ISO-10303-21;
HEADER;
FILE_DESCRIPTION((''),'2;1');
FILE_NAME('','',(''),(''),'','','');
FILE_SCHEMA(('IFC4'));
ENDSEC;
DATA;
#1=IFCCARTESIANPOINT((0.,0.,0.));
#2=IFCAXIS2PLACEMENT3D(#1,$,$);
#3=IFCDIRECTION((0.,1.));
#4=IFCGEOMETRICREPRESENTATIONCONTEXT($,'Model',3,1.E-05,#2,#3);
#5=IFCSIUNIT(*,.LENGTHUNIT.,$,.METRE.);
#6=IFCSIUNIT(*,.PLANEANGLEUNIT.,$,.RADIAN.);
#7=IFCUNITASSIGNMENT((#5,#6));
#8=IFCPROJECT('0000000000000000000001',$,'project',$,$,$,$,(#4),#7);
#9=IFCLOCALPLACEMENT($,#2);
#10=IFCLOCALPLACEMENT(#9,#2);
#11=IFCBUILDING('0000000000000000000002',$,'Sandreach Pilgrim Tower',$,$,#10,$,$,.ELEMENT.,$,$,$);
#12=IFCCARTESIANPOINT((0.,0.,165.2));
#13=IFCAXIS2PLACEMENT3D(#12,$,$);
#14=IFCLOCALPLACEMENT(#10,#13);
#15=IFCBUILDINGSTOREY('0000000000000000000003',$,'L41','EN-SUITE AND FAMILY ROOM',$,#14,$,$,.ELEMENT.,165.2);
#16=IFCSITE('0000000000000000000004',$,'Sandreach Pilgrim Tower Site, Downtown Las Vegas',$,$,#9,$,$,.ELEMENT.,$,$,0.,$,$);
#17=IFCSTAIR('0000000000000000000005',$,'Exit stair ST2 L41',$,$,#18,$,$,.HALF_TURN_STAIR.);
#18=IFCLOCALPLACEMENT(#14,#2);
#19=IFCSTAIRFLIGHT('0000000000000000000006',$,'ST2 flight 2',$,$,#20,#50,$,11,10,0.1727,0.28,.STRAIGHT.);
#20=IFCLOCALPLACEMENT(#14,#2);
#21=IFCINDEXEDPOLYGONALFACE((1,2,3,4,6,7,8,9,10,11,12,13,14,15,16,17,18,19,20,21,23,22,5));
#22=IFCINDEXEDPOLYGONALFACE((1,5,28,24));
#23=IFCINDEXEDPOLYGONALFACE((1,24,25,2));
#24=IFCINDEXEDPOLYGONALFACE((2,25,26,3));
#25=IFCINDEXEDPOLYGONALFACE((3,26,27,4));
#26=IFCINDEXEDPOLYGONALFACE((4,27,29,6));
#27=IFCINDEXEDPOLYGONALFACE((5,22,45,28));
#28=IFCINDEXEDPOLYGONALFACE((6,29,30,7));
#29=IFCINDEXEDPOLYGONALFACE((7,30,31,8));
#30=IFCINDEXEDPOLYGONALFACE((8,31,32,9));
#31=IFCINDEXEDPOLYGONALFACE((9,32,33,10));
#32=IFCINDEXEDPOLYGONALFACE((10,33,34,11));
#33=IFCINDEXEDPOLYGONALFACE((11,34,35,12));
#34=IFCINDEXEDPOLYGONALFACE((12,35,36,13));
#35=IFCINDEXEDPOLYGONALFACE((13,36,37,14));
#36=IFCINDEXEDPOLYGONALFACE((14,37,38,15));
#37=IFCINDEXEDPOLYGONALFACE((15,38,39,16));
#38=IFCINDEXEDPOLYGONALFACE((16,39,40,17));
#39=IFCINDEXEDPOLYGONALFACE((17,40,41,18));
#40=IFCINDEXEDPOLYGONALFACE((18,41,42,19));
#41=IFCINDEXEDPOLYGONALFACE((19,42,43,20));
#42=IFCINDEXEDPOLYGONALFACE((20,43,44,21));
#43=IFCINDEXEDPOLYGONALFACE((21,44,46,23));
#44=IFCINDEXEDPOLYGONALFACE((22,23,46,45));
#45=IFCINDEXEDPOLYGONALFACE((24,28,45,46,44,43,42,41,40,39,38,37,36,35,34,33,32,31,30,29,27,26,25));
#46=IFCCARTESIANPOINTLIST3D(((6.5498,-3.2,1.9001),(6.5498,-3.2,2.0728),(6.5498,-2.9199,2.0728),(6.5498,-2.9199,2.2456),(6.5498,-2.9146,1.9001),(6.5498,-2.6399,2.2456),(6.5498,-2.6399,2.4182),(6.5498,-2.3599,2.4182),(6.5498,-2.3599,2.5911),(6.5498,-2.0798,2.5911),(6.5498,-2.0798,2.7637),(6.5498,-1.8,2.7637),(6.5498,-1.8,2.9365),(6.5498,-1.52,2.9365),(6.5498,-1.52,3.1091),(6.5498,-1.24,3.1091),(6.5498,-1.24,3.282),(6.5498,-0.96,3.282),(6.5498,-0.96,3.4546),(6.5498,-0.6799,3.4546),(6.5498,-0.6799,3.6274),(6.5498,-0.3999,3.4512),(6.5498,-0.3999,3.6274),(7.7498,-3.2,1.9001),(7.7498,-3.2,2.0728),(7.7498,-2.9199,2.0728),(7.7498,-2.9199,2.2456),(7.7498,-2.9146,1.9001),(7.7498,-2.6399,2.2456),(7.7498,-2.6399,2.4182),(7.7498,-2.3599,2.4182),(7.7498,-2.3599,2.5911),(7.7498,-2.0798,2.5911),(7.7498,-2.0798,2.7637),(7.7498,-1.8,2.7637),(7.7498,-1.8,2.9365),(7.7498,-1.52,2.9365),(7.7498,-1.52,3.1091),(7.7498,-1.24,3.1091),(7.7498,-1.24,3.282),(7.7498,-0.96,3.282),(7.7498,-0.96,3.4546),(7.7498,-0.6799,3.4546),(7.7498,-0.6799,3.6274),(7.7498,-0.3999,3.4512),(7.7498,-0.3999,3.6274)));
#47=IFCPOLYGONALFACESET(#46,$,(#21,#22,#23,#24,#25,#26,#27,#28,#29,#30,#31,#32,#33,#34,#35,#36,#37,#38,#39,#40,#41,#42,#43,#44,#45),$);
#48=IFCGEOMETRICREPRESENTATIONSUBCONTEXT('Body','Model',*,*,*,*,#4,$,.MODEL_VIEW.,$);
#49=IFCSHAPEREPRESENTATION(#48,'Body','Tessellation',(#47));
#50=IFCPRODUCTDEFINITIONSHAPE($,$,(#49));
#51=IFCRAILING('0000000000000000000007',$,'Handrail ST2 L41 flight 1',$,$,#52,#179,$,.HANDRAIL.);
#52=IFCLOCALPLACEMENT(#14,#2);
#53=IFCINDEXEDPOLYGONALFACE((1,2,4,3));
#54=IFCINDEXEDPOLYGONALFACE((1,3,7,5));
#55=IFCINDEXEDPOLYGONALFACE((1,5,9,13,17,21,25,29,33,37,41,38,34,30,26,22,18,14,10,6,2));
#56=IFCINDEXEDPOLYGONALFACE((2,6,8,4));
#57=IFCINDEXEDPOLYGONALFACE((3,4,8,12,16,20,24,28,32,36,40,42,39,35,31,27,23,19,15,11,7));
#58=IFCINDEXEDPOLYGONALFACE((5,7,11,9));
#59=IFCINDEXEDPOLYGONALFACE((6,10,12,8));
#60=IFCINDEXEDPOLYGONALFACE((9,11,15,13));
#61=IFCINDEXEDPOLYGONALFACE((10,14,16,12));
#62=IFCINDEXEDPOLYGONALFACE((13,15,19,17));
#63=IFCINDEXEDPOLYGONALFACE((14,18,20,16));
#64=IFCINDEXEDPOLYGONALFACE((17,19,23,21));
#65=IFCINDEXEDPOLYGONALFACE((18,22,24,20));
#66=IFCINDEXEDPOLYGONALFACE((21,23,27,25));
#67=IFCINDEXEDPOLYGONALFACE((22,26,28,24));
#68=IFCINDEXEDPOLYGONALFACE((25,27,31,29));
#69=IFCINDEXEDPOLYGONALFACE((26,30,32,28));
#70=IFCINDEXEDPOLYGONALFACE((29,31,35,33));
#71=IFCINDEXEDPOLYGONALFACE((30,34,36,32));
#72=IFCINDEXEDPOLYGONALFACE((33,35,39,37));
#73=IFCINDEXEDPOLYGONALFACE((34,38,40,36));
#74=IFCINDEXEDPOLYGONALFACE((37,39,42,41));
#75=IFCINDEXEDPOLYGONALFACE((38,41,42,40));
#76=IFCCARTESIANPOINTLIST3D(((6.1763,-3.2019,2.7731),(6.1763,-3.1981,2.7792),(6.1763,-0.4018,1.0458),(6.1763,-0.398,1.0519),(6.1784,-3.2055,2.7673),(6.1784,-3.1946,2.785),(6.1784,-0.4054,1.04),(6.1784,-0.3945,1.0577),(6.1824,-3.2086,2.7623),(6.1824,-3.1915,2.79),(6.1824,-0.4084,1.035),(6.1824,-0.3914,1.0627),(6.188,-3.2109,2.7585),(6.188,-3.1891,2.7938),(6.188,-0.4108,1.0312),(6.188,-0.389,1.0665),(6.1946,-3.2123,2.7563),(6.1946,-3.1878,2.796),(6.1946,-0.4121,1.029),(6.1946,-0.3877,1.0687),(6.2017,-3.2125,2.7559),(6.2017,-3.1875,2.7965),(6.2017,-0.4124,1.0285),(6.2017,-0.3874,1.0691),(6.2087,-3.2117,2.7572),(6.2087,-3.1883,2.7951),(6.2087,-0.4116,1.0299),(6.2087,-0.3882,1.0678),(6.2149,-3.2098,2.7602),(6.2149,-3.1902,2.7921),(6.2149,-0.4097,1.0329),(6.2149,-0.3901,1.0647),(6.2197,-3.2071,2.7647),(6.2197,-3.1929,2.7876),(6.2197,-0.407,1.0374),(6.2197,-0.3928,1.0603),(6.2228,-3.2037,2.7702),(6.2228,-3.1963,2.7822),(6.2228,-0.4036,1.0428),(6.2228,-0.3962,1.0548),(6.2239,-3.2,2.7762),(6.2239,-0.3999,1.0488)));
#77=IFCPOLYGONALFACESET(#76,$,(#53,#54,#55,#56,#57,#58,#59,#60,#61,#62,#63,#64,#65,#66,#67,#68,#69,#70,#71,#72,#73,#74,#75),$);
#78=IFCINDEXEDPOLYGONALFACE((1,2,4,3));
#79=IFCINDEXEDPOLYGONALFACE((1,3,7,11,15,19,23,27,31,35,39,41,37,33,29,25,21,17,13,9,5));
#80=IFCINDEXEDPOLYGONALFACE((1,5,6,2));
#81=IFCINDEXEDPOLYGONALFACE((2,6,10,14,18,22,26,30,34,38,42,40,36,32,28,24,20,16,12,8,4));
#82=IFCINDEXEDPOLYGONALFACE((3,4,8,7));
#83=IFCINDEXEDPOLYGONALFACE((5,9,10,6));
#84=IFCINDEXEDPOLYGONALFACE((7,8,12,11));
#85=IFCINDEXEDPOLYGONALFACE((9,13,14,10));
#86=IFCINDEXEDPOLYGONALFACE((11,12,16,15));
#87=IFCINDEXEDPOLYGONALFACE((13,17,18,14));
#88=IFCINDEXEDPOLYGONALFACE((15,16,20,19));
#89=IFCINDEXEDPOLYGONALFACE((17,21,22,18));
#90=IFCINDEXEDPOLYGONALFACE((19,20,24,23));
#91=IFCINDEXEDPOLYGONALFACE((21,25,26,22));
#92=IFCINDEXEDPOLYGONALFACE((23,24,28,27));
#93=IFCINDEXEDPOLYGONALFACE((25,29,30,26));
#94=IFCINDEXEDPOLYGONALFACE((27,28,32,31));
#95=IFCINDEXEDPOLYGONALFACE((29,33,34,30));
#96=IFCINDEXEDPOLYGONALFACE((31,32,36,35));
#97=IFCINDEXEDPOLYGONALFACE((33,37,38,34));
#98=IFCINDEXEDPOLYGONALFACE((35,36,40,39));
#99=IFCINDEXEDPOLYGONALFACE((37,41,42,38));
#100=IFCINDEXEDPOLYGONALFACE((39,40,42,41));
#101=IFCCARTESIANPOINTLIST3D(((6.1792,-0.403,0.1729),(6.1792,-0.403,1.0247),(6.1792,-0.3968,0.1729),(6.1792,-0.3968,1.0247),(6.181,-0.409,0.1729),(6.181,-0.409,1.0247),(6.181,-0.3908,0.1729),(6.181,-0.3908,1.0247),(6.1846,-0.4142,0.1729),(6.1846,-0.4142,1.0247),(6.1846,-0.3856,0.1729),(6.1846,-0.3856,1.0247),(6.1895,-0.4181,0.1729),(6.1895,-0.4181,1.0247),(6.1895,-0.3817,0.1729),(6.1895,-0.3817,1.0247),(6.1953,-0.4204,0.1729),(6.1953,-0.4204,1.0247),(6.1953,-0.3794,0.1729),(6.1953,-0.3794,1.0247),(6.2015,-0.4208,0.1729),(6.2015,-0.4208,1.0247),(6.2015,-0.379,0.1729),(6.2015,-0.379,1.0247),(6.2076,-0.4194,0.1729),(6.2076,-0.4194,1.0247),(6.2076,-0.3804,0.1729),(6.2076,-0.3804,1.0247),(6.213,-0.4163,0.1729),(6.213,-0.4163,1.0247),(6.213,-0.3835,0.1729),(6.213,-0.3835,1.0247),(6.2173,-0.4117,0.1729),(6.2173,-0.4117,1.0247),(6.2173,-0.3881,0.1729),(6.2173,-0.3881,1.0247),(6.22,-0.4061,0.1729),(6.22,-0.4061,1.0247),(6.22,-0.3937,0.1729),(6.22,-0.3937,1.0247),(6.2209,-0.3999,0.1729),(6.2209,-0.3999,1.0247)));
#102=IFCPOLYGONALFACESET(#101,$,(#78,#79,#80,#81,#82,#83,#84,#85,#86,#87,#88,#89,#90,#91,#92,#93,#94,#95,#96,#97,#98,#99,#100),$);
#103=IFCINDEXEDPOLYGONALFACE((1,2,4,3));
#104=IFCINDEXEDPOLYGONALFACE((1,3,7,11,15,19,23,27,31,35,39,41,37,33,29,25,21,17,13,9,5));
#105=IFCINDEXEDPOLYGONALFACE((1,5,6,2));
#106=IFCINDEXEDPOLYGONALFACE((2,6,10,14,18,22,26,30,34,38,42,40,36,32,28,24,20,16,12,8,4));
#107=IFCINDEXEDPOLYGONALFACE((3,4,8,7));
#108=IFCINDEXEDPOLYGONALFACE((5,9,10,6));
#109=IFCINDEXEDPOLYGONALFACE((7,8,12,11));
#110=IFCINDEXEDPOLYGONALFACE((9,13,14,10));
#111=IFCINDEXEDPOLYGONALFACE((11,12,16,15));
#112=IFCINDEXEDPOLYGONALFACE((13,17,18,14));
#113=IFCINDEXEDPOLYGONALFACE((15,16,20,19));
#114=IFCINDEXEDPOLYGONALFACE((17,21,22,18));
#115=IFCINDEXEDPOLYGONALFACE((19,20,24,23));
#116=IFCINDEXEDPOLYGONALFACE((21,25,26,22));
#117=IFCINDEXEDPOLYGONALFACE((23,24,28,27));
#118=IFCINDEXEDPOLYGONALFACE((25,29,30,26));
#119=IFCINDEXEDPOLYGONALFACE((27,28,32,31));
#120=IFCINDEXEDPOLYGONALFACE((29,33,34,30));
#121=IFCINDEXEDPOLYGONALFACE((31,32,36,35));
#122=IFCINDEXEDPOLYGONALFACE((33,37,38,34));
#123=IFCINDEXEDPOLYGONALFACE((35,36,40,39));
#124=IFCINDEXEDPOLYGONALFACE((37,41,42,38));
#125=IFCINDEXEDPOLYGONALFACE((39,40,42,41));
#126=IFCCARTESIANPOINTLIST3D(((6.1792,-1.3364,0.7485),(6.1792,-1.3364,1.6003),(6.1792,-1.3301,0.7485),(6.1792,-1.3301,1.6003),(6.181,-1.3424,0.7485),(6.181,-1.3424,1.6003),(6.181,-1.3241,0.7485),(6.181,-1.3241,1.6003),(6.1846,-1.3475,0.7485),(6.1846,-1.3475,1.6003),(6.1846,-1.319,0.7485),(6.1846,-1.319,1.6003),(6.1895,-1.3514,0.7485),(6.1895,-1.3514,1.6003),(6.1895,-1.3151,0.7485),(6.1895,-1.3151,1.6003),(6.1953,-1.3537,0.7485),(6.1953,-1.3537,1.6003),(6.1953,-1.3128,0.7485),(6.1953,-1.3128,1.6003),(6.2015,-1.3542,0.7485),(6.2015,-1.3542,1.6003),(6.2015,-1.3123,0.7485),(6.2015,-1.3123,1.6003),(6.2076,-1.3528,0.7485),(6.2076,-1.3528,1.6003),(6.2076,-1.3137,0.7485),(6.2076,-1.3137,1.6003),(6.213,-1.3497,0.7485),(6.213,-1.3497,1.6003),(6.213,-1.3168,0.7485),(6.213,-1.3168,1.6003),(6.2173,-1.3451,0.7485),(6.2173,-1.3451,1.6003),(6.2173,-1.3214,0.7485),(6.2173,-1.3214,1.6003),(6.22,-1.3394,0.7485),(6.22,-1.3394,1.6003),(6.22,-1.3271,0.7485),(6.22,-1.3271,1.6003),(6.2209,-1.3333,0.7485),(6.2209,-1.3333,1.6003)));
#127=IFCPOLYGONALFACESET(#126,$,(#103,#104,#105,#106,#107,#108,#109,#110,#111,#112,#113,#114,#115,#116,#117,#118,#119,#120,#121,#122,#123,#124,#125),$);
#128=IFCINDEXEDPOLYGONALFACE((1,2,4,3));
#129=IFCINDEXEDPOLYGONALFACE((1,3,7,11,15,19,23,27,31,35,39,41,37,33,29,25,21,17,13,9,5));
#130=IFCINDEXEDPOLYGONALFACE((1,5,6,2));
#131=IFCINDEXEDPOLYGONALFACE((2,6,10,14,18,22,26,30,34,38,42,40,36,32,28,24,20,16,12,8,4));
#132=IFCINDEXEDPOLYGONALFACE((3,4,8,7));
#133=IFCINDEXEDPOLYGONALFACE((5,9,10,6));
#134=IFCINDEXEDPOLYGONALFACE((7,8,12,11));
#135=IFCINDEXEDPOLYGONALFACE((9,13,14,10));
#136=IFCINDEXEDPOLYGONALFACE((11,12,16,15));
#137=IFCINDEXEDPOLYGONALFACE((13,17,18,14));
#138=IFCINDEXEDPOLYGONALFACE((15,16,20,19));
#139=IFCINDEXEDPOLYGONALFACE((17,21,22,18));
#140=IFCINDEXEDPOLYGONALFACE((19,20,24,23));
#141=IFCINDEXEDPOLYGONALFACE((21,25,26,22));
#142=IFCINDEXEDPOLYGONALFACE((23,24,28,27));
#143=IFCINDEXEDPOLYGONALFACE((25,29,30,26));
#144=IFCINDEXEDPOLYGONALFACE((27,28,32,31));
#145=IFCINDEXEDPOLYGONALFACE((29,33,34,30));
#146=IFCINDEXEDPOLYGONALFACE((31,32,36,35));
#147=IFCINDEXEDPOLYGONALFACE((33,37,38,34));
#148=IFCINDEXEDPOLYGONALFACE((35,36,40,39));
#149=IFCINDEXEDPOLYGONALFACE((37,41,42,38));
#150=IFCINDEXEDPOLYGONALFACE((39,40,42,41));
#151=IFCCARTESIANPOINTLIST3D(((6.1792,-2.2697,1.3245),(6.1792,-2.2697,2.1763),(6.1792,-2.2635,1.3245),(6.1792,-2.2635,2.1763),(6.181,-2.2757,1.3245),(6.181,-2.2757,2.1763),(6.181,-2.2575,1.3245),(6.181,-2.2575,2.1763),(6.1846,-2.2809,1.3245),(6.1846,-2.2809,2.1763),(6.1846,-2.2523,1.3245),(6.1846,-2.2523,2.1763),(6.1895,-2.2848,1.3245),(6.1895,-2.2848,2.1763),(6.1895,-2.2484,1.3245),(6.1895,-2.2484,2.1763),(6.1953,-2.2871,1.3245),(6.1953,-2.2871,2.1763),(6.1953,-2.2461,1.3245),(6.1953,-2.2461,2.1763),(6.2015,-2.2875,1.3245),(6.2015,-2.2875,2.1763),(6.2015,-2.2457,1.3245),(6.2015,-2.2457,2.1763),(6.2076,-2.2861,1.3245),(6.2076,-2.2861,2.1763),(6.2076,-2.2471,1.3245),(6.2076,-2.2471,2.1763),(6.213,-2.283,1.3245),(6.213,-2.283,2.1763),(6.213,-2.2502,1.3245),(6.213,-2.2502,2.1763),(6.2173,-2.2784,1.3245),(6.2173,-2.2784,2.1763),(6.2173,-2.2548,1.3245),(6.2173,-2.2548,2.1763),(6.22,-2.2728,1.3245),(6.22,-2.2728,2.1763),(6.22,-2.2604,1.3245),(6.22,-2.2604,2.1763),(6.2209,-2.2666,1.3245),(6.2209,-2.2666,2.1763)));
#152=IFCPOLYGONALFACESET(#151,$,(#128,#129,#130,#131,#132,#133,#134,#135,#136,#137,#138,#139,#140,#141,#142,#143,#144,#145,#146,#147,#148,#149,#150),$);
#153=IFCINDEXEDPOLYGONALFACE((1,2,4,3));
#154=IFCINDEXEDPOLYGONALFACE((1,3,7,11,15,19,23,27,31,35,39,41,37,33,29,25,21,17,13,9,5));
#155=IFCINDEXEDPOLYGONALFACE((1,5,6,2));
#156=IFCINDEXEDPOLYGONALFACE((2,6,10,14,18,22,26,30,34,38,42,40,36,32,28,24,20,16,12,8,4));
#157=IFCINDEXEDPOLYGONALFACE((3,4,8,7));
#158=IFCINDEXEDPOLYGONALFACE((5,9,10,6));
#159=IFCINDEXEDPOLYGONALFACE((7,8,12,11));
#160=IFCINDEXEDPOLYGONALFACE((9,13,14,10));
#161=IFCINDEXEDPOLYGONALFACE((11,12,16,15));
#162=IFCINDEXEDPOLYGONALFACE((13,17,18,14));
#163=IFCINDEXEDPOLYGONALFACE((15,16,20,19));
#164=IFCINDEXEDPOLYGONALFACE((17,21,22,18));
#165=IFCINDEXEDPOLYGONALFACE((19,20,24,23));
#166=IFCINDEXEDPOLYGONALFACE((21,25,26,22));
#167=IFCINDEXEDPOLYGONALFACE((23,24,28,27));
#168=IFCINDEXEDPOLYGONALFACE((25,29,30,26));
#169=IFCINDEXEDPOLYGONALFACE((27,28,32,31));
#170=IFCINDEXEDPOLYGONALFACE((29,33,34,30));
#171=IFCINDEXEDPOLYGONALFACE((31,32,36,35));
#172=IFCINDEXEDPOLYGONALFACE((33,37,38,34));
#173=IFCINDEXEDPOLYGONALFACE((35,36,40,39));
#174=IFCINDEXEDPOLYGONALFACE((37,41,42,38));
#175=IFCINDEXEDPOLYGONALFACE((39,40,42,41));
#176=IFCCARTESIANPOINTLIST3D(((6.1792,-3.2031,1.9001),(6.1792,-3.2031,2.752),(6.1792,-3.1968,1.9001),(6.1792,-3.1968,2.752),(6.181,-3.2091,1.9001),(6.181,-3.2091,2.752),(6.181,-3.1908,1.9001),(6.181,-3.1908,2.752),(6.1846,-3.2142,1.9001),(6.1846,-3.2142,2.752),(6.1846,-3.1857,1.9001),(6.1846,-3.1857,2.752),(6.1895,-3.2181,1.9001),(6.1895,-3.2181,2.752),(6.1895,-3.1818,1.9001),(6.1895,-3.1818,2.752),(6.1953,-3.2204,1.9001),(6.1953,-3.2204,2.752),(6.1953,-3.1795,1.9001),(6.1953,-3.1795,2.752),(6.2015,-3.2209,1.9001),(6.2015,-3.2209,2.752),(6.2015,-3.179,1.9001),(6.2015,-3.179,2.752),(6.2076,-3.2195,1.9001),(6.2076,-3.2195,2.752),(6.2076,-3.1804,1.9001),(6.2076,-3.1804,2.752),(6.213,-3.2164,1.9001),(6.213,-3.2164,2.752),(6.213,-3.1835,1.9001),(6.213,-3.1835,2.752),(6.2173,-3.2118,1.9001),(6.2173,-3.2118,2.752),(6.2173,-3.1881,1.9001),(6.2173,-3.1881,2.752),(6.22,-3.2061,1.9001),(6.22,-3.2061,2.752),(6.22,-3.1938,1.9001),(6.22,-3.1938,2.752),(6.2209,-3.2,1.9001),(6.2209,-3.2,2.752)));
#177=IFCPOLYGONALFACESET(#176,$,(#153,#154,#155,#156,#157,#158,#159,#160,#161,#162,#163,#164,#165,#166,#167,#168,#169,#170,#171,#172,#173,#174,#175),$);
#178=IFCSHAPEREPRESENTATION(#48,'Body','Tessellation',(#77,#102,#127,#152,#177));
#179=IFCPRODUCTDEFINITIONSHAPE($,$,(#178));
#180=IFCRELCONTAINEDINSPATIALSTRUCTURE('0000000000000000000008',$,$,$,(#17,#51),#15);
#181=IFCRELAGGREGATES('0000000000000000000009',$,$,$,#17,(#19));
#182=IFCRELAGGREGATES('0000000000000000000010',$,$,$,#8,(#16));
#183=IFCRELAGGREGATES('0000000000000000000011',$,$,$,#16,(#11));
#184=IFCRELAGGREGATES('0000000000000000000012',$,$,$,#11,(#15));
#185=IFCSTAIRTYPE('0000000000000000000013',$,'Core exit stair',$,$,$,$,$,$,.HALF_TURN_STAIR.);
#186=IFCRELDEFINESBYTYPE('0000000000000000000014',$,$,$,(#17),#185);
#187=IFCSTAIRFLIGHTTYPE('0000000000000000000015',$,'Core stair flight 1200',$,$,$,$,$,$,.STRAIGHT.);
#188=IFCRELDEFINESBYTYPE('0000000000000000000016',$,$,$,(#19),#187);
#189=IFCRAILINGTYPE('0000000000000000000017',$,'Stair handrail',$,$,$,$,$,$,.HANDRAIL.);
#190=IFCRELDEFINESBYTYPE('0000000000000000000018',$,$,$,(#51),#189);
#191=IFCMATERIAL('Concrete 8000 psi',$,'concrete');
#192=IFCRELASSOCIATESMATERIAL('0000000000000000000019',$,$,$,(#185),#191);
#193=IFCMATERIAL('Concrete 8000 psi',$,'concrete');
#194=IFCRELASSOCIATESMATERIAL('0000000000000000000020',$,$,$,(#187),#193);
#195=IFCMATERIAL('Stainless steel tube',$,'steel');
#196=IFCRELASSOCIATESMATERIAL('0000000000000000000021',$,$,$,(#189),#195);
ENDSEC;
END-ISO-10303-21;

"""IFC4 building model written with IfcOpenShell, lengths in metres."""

from ifc_helpers import new_model, si_unit, direction, frame, origin, origin_2d, place, context, subcontext, project, spatial, polyline, circle, outline, extrude, material, type_object, element, aggregate, save


model = new_model("IFC4")

# Units and contexts
model_context = context("Model", 3, precision=1e-05, world=origin(), true_north=direction((0.0, 1.0)))
body_context = subcontext(model_context, "Body", "Model", "MODEL_VIEW")
ifc_project = project(units=[si_unit("LENGTHUNIT", "METRE"), si_unit("PLANEANGLEUNIT", "RADIAN")], contexts=[model_context])

# Site, building, storey
site_placement = place(None, origin())
site = spatial("IfcSite", under=ifc_project, at=site_placement, Name="Sandreach Pilgrim Tower Site, Downtown Las Vegas", CompositionType="ELEMENT", RefElevation=0.0)
building_placement = place(site_placement, origin())
building = spatial("IfcBuilding", under=site, at=building_placement, Name="Sandreach Pilgrim Tower", CompositionType="ELEMENT")
storey_placement = place(building_placement, frame((0.0, 0.0, 165.2)))
storey = spatial("IfcBuildingStorey", under=building, at=storey_placement, Name="L41", Description="EN-SUITE AND FAMILY ROOM", CompositionType="ELEMENT", Elevation=165.2)

# Stair, stair flight
ifc_material_1 = material(Name="Concrete 8000 psi", Category="concrete")
stair_type = type_object("IfcStairType", Name="Core exit stair", PredefinedType="HALF_TURN_STAIR", material=ifc_material_1)
stair_placement = place(storey_placement, origin())
stair = element("IfcStair", 1, at=stair_placement, inside=storey, type_object=stair_type, Name="Exit stair ST2 L41", PredefinedType="HALF_TURN_STAIR")
ifc_material_2 = material(Name="Concrete 8000 psi", Category="concrete")
stair_flight_type = type_object("IfcStairFlightType", Name="Core stair flight 1200", PredefinedType="STRAIGHT", material=ifc_material_2)
stair_flight_1_placement = place(storey_placement, frame((7.1499, -3.2, 1.9001), z_axis=(0.0, 0.0, 1.0), x_axis=(0.0, 1.0, 0.0)))
stair_flight_1 = element("IfcStairFlight", 2, at=stair_flight_1_placement, type_object=stair_flight_type, Name="ST2 flight 2", NumberOfRisers=11, NumberOfTreads=10, PredefinedType="STRAIGHT", RiserHeight=0.1727, TreadLength=0.28, context=body_context, shape_type="SweptSolid", body=[
    extrude(outline(polyline([(0.0, 0.0), (0.0, 0.1726), (0.28, 0.1726), (0.28, 0.3455), (0.5601, 0.3455), (0.5601, 0.5181), (0.8401, 0.5181), (0.8401, 0.6909), (1.1201, 0.6909), (1.1201, 0.8635), (1.3999, 0.8635), (1.3999, 1.0364), (1.6799, 1.0364), (1.6799, 1.209), (1.96, 1.209), (1.96, 1.3818), (2.24, 1.3818), (2.24, 1.5544), (2.52, 1.5544), (2.52, 1.7273), (2.8, 1.7273), (2.8, 1.8999), (2.8, 1.551), (0.2854, 0.0), (0.0, 0.0)])), frame((0.0, 0.6001, 0.0), z_axis=(0.0, -1.0, 0.0), x_axis=(1.0, 0.0, 0.0)), (0.0, 0.0, 1.0), 1.2),
])
aggregate(stair, [stair_flight_1])

# Railing
ifc_material_3 = material(Name="Stainless steel tube", Category="steel")
railing_type = type_object("IfcRailingType", Name="Stair handrail", PredefinedType="HANDRAIL", material=ifc_material_3)
for number, where, name in (
    (3, (6.2, -0.3999, 0.1729), "Handrail ST2 L41 flight 1"),
):
    element("IfcRailing", number, at=place(storey_placement, frame(where)), inside=storey, type_object=railing_type, Name=name, PredefinedType="HANDRAIL", context=body_context, shape_type="SweptSolid", body=[
        extrude(circle(Radius=0.0239, at=origin_2d()), frame((0.0, 0.0, 0.876), z_axis=(0.0, -0.85109, 0.52502), x_axis=(1.0, 0.0, 0.0)), (0.0, 0.0, 1.0), 3.29),
        extrude(circle(Radius=0.021, at=origin_2d()), origin(), (0.0, 0.0, 1.0), 0.8518),
        extrude(circle(Radius=0.021, at=origin_2d()), frame((0.0, -0.9333, 0.5757)), (0.0, 0.0, 1.0), 0.8518),
        extrude(circle(Radius=0.021, at=origin_2d()), frame((0.0, -1.8667, 1.1516)), (0.0, 0.0, 1.0), 0.8518),
        extrude(circle(Radius=0.021, at=origin_2d()), frame((0.0, -2.8, 1.7273)), (0.0, 0.0, 1.0), 0.8518),
    ])

save(model, "model.ifc")
